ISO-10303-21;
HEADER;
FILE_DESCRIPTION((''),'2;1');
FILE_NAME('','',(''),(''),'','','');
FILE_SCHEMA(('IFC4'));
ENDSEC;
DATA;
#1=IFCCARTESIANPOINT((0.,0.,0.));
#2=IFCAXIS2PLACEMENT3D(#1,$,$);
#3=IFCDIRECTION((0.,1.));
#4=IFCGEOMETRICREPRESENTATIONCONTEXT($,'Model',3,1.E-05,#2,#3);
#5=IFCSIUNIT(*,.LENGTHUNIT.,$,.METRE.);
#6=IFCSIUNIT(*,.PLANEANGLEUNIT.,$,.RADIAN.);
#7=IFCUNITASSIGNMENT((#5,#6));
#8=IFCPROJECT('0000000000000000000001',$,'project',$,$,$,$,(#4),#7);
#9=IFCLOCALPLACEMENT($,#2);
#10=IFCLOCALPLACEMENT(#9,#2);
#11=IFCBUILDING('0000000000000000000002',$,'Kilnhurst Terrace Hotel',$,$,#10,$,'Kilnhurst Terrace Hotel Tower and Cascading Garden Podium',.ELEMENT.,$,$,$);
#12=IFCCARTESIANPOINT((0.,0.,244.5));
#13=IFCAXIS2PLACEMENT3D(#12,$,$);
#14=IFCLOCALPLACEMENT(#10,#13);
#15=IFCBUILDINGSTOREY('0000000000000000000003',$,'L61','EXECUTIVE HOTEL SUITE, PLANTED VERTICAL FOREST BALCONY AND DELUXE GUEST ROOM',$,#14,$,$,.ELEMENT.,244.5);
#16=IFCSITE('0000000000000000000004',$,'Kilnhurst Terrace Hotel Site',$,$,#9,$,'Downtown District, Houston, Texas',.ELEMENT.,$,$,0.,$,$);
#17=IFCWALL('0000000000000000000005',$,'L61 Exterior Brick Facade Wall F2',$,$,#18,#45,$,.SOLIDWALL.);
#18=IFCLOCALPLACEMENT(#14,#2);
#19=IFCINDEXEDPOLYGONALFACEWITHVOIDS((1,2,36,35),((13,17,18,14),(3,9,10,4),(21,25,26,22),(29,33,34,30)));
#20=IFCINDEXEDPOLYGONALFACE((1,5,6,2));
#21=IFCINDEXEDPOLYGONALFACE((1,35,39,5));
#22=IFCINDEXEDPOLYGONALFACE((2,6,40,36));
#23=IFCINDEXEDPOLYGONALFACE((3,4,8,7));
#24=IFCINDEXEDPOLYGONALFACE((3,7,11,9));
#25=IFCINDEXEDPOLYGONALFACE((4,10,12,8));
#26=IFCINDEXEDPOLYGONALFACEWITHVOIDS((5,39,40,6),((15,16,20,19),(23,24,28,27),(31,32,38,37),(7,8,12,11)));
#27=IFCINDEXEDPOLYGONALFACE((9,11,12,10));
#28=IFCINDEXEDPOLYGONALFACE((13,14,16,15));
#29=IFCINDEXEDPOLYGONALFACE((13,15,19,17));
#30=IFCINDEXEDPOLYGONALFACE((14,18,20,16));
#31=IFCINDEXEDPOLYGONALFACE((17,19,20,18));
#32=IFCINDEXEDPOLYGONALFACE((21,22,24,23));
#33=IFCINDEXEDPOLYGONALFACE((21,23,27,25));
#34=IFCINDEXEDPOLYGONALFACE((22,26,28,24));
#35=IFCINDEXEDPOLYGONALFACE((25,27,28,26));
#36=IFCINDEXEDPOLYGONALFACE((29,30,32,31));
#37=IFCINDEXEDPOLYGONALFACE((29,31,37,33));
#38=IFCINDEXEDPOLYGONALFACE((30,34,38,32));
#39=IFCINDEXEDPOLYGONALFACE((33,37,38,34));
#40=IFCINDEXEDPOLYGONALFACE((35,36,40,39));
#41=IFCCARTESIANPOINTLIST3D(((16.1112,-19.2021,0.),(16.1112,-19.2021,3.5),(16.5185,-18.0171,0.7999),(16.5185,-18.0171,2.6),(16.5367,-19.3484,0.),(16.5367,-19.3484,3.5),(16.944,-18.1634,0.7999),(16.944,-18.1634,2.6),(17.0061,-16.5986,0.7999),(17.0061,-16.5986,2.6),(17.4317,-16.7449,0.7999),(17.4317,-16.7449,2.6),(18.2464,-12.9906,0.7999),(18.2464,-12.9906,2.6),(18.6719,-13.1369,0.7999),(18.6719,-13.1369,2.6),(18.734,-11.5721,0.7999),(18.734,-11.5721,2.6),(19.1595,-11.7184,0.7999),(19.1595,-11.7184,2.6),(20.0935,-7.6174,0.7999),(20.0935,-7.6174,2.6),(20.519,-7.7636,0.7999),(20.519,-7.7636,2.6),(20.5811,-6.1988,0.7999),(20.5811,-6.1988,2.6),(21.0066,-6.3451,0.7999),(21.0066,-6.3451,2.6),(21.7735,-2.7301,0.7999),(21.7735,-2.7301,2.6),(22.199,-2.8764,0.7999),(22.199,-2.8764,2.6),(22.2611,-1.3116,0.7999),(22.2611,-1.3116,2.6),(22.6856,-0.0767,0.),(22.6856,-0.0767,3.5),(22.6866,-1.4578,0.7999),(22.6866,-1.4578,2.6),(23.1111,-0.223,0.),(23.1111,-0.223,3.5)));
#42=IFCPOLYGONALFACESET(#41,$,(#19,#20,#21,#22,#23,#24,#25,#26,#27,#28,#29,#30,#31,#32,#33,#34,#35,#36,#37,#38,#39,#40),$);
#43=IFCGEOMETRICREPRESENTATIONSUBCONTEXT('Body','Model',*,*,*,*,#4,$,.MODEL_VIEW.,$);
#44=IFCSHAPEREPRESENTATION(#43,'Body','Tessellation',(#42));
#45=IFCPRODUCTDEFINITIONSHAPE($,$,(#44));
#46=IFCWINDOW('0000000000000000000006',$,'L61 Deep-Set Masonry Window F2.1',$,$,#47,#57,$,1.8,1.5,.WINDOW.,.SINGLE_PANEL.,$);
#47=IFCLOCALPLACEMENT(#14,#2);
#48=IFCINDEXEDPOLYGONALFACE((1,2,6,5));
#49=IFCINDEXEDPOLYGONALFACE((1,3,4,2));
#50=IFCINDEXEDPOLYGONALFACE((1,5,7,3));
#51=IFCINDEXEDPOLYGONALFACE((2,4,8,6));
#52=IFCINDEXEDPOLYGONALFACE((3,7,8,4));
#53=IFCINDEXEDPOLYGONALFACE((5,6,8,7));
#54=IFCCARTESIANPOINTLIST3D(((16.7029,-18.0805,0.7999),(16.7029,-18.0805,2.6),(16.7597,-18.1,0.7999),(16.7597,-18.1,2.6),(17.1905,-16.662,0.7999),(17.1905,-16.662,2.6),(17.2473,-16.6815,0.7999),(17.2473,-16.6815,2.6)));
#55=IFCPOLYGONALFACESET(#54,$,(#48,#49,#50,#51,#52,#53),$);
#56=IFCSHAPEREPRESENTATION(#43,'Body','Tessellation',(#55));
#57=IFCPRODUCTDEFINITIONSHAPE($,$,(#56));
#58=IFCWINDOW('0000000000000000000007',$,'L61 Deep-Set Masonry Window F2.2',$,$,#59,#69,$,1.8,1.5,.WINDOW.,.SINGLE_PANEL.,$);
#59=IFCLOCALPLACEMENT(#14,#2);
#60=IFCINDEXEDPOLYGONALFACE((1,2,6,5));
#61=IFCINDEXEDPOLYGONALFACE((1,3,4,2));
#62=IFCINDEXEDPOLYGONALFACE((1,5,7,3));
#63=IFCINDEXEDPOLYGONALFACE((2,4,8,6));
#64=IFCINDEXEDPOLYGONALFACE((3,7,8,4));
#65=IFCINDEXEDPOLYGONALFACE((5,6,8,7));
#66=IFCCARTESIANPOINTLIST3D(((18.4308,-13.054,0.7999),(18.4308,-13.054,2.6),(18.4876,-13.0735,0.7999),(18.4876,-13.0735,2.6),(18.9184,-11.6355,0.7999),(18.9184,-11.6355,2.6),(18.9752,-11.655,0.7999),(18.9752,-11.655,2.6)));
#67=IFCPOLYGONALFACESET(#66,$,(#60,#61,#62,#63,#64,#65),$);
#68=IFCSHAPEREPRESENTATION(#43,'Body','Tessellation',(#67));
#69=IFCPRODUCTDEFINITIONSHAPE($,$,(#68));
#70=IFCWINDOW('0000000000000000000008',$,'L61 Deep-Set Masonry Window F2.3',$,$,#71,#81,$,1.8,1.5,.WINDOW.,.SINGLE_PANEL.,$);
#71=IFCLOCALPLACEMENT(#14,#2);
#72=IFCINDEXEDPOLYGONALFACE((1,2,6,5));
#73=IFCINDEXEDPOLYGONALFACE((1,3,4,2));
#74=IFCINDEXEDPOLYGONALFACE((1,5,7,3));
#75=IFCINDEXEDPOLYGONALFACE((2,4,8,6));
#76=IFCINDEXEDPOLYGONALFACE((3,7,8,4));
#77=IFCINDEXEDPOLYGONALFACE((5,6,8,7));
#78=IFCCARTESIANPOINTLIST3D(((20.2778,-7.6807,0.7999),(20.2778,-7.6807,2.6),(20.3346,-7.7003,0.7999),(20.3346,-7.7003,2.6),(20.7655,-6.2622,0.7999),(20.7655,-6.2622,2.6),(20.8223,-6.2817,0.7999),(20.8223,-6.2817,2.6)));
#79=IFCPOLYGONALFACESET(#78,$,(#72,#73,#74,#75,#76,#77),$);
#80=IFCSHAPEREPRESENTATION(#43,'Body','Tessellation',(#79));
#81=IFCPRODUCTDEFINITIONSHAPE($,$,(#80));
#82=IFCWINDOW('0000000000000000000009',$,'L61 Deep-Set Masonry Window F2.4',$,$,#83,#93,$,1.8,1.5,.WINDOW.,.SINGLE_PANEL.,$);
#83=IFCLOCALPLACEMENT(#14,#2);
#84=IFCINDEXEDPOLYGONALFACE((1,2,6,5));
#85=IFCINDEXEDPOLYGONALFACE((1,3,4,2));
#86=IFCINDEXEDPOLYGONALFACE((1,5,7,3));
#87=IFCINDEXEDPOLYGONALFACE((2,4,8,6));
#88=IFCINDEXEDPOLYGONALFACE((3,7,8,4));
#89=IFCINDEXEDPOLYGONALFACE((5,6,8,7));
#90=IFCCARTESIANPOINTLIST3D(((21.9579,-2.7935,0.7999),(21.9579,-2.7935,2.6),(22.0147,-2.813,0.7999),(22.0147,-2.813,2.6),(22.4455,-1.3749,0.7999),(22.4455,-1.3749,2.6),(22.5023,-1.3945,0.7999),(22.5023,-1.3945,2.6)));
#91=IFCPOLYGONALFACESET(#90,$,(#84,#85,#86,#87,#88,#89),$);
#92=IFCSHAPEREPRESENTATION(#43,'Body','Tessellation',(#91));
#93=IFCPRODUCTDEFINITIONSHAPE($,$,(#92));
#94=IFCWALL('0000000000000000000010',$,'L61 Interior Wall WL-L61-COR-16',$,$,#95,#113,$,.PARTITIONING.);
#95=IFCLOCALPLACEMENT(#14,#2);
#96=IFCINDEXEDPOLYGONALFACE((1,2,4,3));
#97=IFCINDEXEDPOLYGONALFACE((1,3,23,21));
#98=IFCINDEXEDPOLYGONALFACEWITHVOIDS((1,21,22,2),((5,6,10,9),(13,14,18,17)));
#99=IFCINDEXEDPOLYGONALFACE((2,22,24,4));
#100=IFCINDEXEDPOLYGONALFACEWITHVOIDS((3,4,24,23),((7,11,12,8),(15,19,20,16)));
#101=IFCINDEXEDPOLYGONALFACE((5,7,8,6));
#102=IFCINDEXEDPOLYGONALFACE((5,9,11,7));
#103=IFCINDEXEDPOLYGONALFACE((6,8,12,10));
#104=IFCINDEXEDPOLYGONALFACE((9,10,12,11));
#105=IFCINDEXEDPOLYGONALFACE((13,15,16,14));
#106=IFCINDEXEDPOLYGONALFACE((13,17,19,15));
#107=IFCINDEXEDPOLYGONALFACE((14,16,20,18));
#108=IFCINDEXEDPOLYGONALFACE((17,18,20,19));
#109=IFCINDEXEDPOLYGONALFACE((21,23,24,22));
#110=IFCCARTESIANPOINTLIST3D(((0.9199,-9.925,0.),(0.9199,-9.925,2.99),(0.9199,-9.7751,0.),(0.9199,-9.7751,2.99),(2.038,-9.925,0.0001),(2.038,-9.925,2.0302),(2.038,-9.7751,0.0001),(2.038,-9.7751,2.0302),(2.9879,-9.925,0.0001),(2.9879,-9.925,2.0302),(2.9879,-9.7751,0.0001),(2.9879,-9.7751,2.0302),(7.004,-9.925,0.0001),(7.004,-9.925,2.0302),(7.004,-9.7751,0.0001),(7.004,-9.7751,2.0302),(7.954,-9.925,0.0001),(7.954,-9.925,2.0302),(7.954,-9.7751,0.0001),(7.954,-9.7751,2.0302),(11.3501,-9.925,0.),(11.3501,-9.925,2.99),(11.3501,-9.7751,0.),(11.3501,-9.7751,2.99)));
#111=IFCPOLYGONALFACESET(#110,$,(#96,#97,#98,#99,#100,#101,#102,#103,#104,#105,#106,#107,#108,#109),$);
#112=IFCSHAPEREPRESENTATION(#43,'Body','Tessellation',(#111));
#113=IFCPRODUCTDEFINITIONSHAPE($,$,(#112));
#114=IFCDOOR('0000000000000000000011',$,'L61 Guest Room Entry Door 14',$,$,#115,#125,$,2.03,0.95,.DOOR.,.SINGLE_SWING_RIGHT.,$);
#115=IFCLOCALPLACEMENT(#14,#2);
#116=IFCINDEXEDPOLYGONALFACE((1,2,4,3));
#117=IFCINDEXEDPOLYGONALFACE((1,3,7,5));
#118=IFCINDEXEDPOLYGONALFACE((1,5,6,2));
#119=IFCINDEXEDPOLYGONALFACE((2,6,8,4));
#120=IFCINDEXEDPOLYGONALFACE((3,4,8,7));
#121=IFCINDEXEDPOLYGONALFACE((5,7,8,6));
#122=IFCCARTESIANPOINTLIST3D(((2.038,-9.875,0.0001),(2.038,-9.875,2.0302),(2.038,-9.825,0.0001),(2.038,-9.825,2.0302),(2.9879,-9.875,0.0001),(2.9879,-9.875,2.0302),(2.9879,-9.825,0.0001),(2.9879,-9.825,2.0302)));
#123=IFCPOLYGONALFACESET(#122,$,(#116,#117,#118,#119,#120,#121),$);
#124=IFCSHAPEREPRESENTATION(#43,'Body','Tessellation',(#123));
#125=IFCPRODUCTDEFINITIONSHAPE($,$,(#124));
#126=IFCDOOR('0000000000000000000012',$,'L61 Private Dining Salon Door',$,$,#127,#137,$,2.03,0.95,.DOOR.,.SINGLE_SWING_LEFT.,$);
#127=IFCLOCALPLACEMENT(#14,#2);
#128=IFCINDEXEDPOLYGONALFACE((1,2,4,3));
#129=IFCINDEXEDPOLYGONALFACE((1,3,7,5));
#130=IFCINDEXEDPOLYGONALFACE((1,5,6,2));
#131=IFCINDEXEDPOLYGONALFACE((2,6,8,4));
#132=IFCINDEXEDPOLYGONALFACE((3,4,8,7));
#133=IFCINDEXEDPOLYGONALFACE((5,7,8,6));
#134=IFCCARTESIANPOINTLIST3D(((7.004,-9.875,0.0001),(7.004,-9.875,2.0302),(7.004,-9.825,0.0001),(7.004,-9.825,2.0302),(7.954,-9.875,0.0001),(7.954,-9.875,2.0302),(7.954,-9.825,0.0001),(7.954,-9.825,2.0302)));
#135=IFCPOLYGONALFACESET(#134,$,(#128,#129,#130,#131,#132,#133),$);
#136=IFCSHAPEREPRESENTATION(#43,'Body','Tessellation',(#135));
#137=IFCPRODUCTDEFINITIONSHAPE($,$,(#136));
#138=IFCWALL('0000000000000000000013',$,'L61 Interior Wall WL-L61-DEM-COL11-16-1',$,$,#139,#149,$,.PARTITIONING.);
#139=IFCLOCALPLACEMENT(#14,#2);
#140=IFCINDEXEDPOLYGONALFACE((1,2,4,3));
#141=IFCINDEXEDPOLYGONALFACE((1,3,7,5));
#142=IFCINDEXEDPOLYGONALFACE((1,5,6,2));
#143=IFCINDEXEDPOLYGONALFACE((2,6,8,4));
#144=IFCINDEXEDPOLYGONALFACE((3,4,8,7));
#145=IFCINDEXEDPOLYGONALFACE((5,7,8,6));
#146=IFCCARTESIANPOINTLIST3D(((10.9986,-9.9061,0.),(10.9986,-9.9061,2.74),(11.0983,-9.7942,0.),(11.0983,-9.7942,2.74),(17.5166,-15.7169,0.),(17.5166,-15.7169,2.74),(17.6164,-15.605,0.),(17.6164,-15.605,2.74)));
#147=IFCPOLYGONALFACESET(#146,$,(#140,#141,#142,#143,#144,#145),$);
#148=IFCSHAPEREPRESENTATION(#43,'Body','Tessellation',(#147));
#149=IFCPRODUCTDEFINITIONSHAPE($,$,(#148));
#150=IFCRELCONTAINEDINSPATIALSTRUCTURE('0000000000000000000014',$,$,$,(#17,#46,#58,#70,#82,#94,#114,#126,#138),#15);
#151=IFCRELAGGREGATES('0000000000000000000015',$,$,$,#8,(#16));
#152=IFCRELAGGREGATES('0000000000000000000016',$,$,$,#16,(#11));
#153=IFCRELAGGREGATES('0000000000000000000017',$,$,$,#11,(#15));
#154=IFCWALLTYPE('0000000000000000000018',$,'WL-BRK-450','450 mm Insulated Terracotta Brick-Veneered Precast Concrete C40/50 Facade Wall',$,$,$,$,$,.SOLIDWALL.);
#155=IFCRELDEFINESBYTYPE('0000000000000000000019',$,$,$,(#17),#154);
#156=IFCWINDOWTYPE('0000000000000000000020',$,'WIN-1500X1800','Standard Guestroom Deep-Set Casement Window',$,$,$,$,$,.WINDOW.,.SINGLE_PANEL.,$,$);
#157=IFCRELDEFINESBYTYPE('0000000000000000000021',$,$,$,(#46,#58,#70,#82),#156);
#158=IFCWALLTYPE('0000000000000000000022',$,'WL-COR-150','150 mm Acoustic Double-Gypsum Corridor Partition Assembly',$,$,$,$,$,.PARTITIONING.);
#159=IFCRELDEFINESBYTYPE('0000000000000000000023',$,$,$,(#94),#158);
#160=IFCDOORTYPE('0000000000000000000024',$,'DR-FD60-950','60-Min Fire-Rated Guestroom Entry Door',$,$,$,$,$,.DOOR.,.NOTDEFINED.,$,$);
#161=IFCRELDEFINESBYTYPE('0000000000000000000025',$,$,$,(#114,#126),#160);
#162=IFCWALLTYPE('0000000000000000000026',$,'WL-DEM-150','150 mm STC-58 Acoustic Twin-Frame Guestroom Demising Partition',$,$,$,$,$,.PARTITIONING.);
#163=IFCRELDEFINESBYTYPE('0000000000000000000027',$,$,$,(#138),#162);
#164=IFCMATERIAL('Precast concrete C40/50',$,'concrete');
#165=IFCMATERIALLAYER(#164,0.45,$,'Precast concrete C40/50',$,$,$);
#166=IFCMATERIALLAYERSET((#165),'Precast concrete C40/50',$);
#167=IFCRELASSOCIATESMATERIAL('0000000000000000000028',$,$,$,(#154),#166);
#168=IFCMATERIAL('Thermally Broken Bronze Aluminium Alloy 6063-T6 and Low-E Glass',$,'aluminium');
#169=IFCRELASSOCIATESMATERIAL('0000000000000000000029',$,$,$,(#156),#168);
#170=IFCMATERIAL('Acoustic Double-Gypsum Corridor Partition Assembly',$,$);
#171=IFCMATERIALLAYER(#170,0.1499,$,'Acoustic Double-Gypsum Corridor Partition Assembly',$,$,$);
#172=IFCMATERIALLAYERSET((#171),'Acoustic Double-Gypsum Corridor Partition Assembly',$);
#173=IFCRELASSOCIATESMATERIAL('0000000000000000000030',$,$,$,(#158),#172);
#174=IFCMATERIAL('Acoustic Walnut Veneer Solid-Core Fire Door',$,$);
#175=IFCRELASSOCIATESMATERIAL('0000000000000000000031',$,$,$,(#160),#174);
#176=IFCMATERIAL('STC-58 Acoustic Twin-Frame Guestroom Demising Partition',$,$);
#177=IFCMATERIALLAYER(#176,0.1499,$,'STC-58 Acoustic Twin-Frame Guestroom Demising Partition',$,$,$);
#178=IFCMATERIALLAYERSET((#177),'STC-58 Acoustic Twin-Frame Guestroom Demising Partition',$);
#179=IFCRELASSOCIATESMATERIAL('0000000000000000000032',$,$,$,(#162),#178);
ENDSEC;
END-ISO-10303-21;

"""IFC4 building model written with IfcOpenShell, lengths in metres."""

from ifc_helpers import new_model, si_unit, direction, frame, frame_2d, origin, place, context, subcontext, project, spatial, rectangle, extrude, material, layer, layer_set, type_object, element, fill, save


model = new_model("IFC4")

# Units and contexts
model_context = context("Model", 3, precision=1e-05, world=origin(), true_north=direction((0.0, 1.0)))
body_context = subcontext(model_context, "Body", "Model", "MODEL_VIEW")
ifc_project = project(units=[si_unit("LENGTHUNIT", "METRE"), si_unit("PLANEANGLEUNIT", "RADIAN")], contexts=[model_context])

# Site, building, storey
site_placement = place(None, origin())
site = spatial("IfcSite", under=ifc_project, at=site_placement, Name="Kilnhurst Terrace Hotel Site", LongName="Downtown District, Houston, Texas", CompositionType="ELEMENT", RefElevation=0.0)
building_placement = place(site_placement, origin())
building = spatial("IfcBuilding", under=site, at=building_placement, Name="Kilnhurst Terrace Hotel", LongName="Kilnhurst Terrace Hotel Tower and Cascading Garden Podium", CompositionType="ELEMENT")
storey_placement = place(building_placement, frame((0.0, 0.0, 244.5)))
storey = spatial("IfcBuildingStorey", under=building, at=storey_placement, Name="L61", Description="EXECUTIVE HOTEL SUITE, PLANTED VERTICAL FOREST BALCONY AND DELUXE GUEST ROOM", CompositionType="ELEMENT", Elevation=244.5)

# Shared definitions
ifc_material_1 = material(Name="Precast concrete C40/50", Category="concrete")
ifc_layer_1 = layer(ifc_material_1, 0.45, Name="Precast concrete C40/50")
ifc_layer_set_1 = layer_set([ifc_layer_1], Name="Precast concrete C40/50")
wall_type_1 = type_object("IfcWallType", Name="WL-BRK-450", Description="450 mm Insulated Terracotta Brick-Veneered Precast Concrete C40/50 Facade Wall", PredefinedType="SOLIDWALL", material=ifc_layer_set_1)

# Wall, openings, windows
wall_1_placement = place(storey_placement, frame((16.324, -19.2751, 0.0), z_axis=(0.0, 0.0, 1.0), x_axis=(0.325083, 0.945685, 0.0)))
wall_1 = element("IfcWall", 1, at=wall_1_placement, inside=storey, type_object=wall_type_1, Name="L61 Exterior Brick Facade Wall F2", PredefinedType="SOLIDWALL", context=body_context, shape_type="SweptSolid", body=[
    extrude(rectangle(XDim=20.2239, YDim=0.45, at=frame_2d((10.1118, 0.0))), origin(), (0.0, 0.0, 1.0), 3.5),
])
opening_1_placement = place(wall_1_placement, frame((1.2529, 0.0, 0.8)))
opening_1 = element("IfcOpeningElement", 2, at=opening_1_placement, cuts=wall_1, PredefinedType="OPENING", context=body_context, shape_type="SweptSolid", body=[
    extrude(rectangle(XDim=1.5, YDim=1.8, at=frame_2d((0.75, 0.8999))), frame((0.0, 0.2349, 0.0), z_axis=(0.0, -1.0, 0.0), x_axis=(1.0, 0.0, 0.0)), (0.0, 0.0, 1.0), 0.47),
])
opening_2_placement = place(wall_1_placement, frame((6.5681, 0.0, 0.8)))
opening_2 = element("IfcOpeningElement", 3, at=opening_2_placement, cuts=wall_1, PredefinedType="OPENING", context=body_context, shape_type="SweptSolid", body=[
    extrude(rectangle(XDim=1.5, YDim=1.8, at=frame_2d((0.75, 0.8999))), frame((0.0, 0.2349, 0.0), z_axis=(0.0, -1.0, 0.0), x_axis=(1.0, 0.0, 0.0)), (0.0, 0.0, 1.0), 0.47),
])
opening_3_placement = place(wall_1_placement, frame((12.25, 0.0, 0.8)))
opening_3 = element("IfcOpeningElement", 4, at=opening_3_placement, cuts=wall_1, PredefinedType="OPENING", context=body_context, shape_type="SweptSolid", body=[
    extrude(rectangle(XDim=1.5, YDim=1.8, at=frame_2d((0.75, 0.8999))), frame((0.0, 0.2349, 0.0), z_axis=(0.0, -1.0, 0.0), x_axis=(1.0, 0.0, 0.0)), (0.0, 0.0, 1.0), 0.47),
])
opening_4_placement = place(wall_1_placement, frame((17.418, 0.0, 0.8)))
opening_4 = element("IfcOpeningElement", 5, at=opening_4_placement, cuts=wall_1, PredefinedType="OPENING", context=body_context, shape_type="SweptSolid", body=[
    extrude(rectangle(XDim=1.5, YDim=1.8, at=frame_2d((0.75, 0.8999))), frame((0.0, 0.2349, 0.0), z_axis=(0.0, -1.0, 0.0), x_axis=(1.0, 0.0, 0.0)), (0.0, 0.0, 1.0), 0.47),
])
ifc_material_2 = material(Name="Thermally Broken Bronze Aluminium Alloy 6063-T6 and Low-E Glass", Category="aluminium")
window_type = type_object("IfcWindowType", Name="WIN-1500X1800", Description="Standard Guestroom Deep-Set Casement Window", PartitioningType="SINGLE_PANEL", PredefinedType="WINDOW", material=ifc_material_2)
window_1_placement = place(opening_1_placement, origin())
window_1 = element("IfcWindow", 6, at=window_1_placement, inside=storey, type_object=window_type, Name="L61 Deep-Set Masonry Window F2.1", OverallHeight=1.8, OverallWidth=1.5, PartitioningType="SINGLE_PANEL", PredefinedType="WINDOW", context=body_context, shape_type="SweptSolid", body=[
    extrude(rectangle(XDim=1.5, YDim=1.8, at=frame_2d((0.75, 0.8999))), frame((0.0, 0.03, 0.0), z_axis=(0.0, -1.0, 0.0), x_axis=(1.0, 0.0, 0.0)), (0.0, 0.0, 1.0), 0.0601),
])
fill(opening_1, window_1)
window_2_placement = place(opening_2_placement, origin())
window_2 = element("IfcWindow", 7, at=window_2_placement, inside=storey, type_object=window_type, Name="L61 Deep-Set Masonry Window F2.2", OverallHeight=1.8, OverallWidth=1.5, PartitioningType="SINGLE_PANEL", PredefinedType="WINDOW", context=body_context, shape_type="SweptSolid", body=[
    extrude(rectangle(XDim=1.5, YDim=1.8, at=frame_2d((0.75, 0.8999))), frame((0.0, 0.03, 0.0), z_axis=(0.0, -1.0, 0.0), x_axis=(1.0, 0.0, 0.0)), (0.0, 0.0, 1.0), 0.0601),
])
fill(opening_2, window_2)
window_3_placement = place(opening_3_placement, origin())
window_3 = element("IfcWindow", 8, at=window_3_placement, inside=storey, type_object=window_type, Name="L61 Deep-Set Masonry Window F2.3", OverallHeight=1.8, OverallWidth=1.5, PartitioningType="SINGLE_PANEL", PredefinedType="WINDOW", context=body_context, shape_type="SweptSolid", body=[
    extrude(rectangle(XDim=1.5, YDim=1.8, at=frame_2d((0.75, 0.8999))), frame((0.0, 0.03, 0.0), z_axis=(0.0, -1.0, 0.0), x_axis=(1.0, 0.0, 0.0)), (0.0, 0.0, 1.0), 0.0601),
])
fill(opening_3, window_3)
window_4_placement = place(opening_4_placement, origin())
window_4 = element("IfcWindow", 9, at=window_4_placement, inside=storey, type_object=window_type, Name="L61 Deep-Set Masonry Window F2.4", OverallHeight=1.8, OverallWidth=1.5, PartitioningType="SINGLE_PANEL", PredefinedType="WINDOW", context=body_context, shape_type="SweptSolid", body=[
    extrude(rectangle(XDim=1.5, YDim=1.8, at=frame_2d((0.75, 0.8999))), frame((0.0, 0.03, 0.0), z_axis=(0.0, -1.0, 0.0), x_axis=(1.0, 0.0, 0.0)), (0.0, 0.0, 1.0), 0.0601),
])
fill(opening_4, window_4)

# Wall, openings, doors
ifc_material_3 = material(Name="Acoustic Double-Gypsum Corridor Partition Assembly")
ifc_layer_2 = layer(ifc_material_3, 0.1499, Name="Acoustic Double-Gypsum Corridor Partition Assembly")
ifc_layer_set_2 = layer_set([ifc_layer_2], Name="Acoustic Double-Gypsum Corridor Partition Assembly")
wall_type_2 = type_object("IfcWallType", Name="WL-COR-150", Description="150 mm Acoustic Double-Gypsum Corridor Partition Assembly", PredefinedType="PARTITIONING", material=ifc_layer_set_2)
wall_2_placement = place(storey_placement, frame((11.3501, -9.8501, 0.0), z_axis=(0.0, 0.0, 1.0), x_axis=(-1.0, 0.0, 0.0)))
wall_2 = element("IfcWall", 10, at=wall_2_placement, inside=storey, type_object=wall_type_2, Name="L61 Interior Wall WL-L61-COR-16", PredefinedType="PARTITIONING", context=body_context, shape_type="SweptSolid", body=[
    extrude(rectangle(XDim=10.4302, YDim=0.1499, at=frame_2d((5.2151, 0.0))), origin(), (0.0, 0.0, 1.0), 2.99),
])
opening_5_placement = place(wall_2_placement, frame((8.3621, 0.0, 0.0)))
opening_5 = element("IfcOpeningElement", 11, at=opening_5_placement, cuts=wall_2, PredefinedType="OPENING", context=body_context, shape_type="SweptSolid", body=[
    extrude(rectangle(XDim=0.95, YDim=2.03, at=frame_2d((0.4751, 1.0151))), frame((0.0, 0.085, 0.0), z_axis=(0.0, -1.0, 0.0), x_axis=(1.0, 0.0, 0.0)), (0.0, 0.0, 1.0), 0.1699),
])
opening_6_placement = place(wall_2_placement, frame((3.396, 0.0, 0.0)))
opening_6 = element("IfcOpeningElement", 12, at=opening_6_placement, cuts=wall_2, PredefinedType="OPENING", context=body_context, shape_type="SweptSolid", body=[
    extrude(rectangle(XDim=0.95, YDim=2.03, at=frame_2d((0.4751, 1.0151))), frame((0.0, 0.085, 0.0), z_axis=(0.0, -1.0, 0.0), x_axis=(1.0, 0.0, 0.0)), (0.0, 0.0, 1.0), 0.1699),
])
ifc_material_4 = material(Name="Acoustic Walnut Veneer Solid-Core Fire Door")
door_type_1 = type_object("IfcDoorType", Name="DR-FD60-950", Description="60-Min Fire-Rated Guestroom Entry Door", OperationType="NOTDEFINED", PredefinedType="DOOR", material=ifc_material_4)
door_1_placement = place(opening_5_placement, origin())
door_1 = element("IfcDoor", 13, at=door_1_placement, inside=storey, type_object=door_type_1, Name="L61 Guest Room Entry Door 14", OperationType="SINGLE_SWING_RIGHT", OverallHeight=2.03, OverallWidth=0.95, PredefinedType="DOOR", context=body_context, shape_type="SweptSolid", body=[
    extrude(rectangle(XDim=0.95, YDim=2.03, at=frame_2d((0.4751, 1.0151))), frame((0.0, 0.0249, 0.0), z_axis=(0.0, -1.0, 0.0), x_axis=(1.0, 0.0, 0.0)), (0.0, 0.0, 1.0), 0.05),
])
fill(opening_5, door_1)
door_2_placement = place(opening_6_placement, origin())
door_2 = element("IfcDoor", 14, at=door_2_placement, inside=storey, type_object=door_type_1, Name="L61 Private Dining Salon Door", OperationType="SINGLE_SWING_LEFT", OverallHeight=2.03, OverallWidth=0.95, PredefinedType="DOOR", context=body_context, shape_type="SweptSolid", body=[
    extrude(rectangle(XDim=0.95, YDim=2.03, at=frame_2d((0.4751, 1.0151))), frame((0.0, 0.0249, 0.0), z_axis=(0.0, -1.0, 0.0), x_axis=(1.0, 0.0, 0.0)), (0.0, 0.0, 1.0), 0.05),
])
fill(opening_6, door_2)

# Wall
ifc_material_5 = material(Name="STC-58 Acoustic Twin-Frame Guestroom Demising Partition")
ifc_layer_3 = layer(ifc_material_5, 0.1499, Name="STC-58 Acoustic Twin-Frame Guestroom Demising Partition")
ifc_layer_set_3 = layer_set([ifc_layer_3], Name="STC-58 Acoustic Twin-Frame Guestroom Demising Partition")
wall_type_3 = type_object("IfcWallType", Name="WL-DEM-150", Description="150 mm STC-58 Acoustic Twin-Frame Guestroom Demising Partition", PredefinedType="PARTITIONING", material=ifc_layer_set_3)
wall_3_placement = place(storey_placement, frame((11.0483, -9.8501, 0.0), z_axis=(0.0, 0.0, 1.0), x_axis=(0.746444, -0.665448, 0.0)))
element("IfcWall", 15, at=wall_3_placement, inside=storey, type_object=wall_type_3, Name="L61 Interior Wall WL-L61-DEM-COL11-16-1", PredefinedType="PARTITIONING", context=body_context, shape_type="SweptSolid", body=[
    extrude(rectangle(XDim=8.7322, YDim=0.1499, at=frame_2d((4.3662, 0.0))), origin(), (0.0, 0.0, 1.0), 2.74),
])

save(model, "model.ifc")
